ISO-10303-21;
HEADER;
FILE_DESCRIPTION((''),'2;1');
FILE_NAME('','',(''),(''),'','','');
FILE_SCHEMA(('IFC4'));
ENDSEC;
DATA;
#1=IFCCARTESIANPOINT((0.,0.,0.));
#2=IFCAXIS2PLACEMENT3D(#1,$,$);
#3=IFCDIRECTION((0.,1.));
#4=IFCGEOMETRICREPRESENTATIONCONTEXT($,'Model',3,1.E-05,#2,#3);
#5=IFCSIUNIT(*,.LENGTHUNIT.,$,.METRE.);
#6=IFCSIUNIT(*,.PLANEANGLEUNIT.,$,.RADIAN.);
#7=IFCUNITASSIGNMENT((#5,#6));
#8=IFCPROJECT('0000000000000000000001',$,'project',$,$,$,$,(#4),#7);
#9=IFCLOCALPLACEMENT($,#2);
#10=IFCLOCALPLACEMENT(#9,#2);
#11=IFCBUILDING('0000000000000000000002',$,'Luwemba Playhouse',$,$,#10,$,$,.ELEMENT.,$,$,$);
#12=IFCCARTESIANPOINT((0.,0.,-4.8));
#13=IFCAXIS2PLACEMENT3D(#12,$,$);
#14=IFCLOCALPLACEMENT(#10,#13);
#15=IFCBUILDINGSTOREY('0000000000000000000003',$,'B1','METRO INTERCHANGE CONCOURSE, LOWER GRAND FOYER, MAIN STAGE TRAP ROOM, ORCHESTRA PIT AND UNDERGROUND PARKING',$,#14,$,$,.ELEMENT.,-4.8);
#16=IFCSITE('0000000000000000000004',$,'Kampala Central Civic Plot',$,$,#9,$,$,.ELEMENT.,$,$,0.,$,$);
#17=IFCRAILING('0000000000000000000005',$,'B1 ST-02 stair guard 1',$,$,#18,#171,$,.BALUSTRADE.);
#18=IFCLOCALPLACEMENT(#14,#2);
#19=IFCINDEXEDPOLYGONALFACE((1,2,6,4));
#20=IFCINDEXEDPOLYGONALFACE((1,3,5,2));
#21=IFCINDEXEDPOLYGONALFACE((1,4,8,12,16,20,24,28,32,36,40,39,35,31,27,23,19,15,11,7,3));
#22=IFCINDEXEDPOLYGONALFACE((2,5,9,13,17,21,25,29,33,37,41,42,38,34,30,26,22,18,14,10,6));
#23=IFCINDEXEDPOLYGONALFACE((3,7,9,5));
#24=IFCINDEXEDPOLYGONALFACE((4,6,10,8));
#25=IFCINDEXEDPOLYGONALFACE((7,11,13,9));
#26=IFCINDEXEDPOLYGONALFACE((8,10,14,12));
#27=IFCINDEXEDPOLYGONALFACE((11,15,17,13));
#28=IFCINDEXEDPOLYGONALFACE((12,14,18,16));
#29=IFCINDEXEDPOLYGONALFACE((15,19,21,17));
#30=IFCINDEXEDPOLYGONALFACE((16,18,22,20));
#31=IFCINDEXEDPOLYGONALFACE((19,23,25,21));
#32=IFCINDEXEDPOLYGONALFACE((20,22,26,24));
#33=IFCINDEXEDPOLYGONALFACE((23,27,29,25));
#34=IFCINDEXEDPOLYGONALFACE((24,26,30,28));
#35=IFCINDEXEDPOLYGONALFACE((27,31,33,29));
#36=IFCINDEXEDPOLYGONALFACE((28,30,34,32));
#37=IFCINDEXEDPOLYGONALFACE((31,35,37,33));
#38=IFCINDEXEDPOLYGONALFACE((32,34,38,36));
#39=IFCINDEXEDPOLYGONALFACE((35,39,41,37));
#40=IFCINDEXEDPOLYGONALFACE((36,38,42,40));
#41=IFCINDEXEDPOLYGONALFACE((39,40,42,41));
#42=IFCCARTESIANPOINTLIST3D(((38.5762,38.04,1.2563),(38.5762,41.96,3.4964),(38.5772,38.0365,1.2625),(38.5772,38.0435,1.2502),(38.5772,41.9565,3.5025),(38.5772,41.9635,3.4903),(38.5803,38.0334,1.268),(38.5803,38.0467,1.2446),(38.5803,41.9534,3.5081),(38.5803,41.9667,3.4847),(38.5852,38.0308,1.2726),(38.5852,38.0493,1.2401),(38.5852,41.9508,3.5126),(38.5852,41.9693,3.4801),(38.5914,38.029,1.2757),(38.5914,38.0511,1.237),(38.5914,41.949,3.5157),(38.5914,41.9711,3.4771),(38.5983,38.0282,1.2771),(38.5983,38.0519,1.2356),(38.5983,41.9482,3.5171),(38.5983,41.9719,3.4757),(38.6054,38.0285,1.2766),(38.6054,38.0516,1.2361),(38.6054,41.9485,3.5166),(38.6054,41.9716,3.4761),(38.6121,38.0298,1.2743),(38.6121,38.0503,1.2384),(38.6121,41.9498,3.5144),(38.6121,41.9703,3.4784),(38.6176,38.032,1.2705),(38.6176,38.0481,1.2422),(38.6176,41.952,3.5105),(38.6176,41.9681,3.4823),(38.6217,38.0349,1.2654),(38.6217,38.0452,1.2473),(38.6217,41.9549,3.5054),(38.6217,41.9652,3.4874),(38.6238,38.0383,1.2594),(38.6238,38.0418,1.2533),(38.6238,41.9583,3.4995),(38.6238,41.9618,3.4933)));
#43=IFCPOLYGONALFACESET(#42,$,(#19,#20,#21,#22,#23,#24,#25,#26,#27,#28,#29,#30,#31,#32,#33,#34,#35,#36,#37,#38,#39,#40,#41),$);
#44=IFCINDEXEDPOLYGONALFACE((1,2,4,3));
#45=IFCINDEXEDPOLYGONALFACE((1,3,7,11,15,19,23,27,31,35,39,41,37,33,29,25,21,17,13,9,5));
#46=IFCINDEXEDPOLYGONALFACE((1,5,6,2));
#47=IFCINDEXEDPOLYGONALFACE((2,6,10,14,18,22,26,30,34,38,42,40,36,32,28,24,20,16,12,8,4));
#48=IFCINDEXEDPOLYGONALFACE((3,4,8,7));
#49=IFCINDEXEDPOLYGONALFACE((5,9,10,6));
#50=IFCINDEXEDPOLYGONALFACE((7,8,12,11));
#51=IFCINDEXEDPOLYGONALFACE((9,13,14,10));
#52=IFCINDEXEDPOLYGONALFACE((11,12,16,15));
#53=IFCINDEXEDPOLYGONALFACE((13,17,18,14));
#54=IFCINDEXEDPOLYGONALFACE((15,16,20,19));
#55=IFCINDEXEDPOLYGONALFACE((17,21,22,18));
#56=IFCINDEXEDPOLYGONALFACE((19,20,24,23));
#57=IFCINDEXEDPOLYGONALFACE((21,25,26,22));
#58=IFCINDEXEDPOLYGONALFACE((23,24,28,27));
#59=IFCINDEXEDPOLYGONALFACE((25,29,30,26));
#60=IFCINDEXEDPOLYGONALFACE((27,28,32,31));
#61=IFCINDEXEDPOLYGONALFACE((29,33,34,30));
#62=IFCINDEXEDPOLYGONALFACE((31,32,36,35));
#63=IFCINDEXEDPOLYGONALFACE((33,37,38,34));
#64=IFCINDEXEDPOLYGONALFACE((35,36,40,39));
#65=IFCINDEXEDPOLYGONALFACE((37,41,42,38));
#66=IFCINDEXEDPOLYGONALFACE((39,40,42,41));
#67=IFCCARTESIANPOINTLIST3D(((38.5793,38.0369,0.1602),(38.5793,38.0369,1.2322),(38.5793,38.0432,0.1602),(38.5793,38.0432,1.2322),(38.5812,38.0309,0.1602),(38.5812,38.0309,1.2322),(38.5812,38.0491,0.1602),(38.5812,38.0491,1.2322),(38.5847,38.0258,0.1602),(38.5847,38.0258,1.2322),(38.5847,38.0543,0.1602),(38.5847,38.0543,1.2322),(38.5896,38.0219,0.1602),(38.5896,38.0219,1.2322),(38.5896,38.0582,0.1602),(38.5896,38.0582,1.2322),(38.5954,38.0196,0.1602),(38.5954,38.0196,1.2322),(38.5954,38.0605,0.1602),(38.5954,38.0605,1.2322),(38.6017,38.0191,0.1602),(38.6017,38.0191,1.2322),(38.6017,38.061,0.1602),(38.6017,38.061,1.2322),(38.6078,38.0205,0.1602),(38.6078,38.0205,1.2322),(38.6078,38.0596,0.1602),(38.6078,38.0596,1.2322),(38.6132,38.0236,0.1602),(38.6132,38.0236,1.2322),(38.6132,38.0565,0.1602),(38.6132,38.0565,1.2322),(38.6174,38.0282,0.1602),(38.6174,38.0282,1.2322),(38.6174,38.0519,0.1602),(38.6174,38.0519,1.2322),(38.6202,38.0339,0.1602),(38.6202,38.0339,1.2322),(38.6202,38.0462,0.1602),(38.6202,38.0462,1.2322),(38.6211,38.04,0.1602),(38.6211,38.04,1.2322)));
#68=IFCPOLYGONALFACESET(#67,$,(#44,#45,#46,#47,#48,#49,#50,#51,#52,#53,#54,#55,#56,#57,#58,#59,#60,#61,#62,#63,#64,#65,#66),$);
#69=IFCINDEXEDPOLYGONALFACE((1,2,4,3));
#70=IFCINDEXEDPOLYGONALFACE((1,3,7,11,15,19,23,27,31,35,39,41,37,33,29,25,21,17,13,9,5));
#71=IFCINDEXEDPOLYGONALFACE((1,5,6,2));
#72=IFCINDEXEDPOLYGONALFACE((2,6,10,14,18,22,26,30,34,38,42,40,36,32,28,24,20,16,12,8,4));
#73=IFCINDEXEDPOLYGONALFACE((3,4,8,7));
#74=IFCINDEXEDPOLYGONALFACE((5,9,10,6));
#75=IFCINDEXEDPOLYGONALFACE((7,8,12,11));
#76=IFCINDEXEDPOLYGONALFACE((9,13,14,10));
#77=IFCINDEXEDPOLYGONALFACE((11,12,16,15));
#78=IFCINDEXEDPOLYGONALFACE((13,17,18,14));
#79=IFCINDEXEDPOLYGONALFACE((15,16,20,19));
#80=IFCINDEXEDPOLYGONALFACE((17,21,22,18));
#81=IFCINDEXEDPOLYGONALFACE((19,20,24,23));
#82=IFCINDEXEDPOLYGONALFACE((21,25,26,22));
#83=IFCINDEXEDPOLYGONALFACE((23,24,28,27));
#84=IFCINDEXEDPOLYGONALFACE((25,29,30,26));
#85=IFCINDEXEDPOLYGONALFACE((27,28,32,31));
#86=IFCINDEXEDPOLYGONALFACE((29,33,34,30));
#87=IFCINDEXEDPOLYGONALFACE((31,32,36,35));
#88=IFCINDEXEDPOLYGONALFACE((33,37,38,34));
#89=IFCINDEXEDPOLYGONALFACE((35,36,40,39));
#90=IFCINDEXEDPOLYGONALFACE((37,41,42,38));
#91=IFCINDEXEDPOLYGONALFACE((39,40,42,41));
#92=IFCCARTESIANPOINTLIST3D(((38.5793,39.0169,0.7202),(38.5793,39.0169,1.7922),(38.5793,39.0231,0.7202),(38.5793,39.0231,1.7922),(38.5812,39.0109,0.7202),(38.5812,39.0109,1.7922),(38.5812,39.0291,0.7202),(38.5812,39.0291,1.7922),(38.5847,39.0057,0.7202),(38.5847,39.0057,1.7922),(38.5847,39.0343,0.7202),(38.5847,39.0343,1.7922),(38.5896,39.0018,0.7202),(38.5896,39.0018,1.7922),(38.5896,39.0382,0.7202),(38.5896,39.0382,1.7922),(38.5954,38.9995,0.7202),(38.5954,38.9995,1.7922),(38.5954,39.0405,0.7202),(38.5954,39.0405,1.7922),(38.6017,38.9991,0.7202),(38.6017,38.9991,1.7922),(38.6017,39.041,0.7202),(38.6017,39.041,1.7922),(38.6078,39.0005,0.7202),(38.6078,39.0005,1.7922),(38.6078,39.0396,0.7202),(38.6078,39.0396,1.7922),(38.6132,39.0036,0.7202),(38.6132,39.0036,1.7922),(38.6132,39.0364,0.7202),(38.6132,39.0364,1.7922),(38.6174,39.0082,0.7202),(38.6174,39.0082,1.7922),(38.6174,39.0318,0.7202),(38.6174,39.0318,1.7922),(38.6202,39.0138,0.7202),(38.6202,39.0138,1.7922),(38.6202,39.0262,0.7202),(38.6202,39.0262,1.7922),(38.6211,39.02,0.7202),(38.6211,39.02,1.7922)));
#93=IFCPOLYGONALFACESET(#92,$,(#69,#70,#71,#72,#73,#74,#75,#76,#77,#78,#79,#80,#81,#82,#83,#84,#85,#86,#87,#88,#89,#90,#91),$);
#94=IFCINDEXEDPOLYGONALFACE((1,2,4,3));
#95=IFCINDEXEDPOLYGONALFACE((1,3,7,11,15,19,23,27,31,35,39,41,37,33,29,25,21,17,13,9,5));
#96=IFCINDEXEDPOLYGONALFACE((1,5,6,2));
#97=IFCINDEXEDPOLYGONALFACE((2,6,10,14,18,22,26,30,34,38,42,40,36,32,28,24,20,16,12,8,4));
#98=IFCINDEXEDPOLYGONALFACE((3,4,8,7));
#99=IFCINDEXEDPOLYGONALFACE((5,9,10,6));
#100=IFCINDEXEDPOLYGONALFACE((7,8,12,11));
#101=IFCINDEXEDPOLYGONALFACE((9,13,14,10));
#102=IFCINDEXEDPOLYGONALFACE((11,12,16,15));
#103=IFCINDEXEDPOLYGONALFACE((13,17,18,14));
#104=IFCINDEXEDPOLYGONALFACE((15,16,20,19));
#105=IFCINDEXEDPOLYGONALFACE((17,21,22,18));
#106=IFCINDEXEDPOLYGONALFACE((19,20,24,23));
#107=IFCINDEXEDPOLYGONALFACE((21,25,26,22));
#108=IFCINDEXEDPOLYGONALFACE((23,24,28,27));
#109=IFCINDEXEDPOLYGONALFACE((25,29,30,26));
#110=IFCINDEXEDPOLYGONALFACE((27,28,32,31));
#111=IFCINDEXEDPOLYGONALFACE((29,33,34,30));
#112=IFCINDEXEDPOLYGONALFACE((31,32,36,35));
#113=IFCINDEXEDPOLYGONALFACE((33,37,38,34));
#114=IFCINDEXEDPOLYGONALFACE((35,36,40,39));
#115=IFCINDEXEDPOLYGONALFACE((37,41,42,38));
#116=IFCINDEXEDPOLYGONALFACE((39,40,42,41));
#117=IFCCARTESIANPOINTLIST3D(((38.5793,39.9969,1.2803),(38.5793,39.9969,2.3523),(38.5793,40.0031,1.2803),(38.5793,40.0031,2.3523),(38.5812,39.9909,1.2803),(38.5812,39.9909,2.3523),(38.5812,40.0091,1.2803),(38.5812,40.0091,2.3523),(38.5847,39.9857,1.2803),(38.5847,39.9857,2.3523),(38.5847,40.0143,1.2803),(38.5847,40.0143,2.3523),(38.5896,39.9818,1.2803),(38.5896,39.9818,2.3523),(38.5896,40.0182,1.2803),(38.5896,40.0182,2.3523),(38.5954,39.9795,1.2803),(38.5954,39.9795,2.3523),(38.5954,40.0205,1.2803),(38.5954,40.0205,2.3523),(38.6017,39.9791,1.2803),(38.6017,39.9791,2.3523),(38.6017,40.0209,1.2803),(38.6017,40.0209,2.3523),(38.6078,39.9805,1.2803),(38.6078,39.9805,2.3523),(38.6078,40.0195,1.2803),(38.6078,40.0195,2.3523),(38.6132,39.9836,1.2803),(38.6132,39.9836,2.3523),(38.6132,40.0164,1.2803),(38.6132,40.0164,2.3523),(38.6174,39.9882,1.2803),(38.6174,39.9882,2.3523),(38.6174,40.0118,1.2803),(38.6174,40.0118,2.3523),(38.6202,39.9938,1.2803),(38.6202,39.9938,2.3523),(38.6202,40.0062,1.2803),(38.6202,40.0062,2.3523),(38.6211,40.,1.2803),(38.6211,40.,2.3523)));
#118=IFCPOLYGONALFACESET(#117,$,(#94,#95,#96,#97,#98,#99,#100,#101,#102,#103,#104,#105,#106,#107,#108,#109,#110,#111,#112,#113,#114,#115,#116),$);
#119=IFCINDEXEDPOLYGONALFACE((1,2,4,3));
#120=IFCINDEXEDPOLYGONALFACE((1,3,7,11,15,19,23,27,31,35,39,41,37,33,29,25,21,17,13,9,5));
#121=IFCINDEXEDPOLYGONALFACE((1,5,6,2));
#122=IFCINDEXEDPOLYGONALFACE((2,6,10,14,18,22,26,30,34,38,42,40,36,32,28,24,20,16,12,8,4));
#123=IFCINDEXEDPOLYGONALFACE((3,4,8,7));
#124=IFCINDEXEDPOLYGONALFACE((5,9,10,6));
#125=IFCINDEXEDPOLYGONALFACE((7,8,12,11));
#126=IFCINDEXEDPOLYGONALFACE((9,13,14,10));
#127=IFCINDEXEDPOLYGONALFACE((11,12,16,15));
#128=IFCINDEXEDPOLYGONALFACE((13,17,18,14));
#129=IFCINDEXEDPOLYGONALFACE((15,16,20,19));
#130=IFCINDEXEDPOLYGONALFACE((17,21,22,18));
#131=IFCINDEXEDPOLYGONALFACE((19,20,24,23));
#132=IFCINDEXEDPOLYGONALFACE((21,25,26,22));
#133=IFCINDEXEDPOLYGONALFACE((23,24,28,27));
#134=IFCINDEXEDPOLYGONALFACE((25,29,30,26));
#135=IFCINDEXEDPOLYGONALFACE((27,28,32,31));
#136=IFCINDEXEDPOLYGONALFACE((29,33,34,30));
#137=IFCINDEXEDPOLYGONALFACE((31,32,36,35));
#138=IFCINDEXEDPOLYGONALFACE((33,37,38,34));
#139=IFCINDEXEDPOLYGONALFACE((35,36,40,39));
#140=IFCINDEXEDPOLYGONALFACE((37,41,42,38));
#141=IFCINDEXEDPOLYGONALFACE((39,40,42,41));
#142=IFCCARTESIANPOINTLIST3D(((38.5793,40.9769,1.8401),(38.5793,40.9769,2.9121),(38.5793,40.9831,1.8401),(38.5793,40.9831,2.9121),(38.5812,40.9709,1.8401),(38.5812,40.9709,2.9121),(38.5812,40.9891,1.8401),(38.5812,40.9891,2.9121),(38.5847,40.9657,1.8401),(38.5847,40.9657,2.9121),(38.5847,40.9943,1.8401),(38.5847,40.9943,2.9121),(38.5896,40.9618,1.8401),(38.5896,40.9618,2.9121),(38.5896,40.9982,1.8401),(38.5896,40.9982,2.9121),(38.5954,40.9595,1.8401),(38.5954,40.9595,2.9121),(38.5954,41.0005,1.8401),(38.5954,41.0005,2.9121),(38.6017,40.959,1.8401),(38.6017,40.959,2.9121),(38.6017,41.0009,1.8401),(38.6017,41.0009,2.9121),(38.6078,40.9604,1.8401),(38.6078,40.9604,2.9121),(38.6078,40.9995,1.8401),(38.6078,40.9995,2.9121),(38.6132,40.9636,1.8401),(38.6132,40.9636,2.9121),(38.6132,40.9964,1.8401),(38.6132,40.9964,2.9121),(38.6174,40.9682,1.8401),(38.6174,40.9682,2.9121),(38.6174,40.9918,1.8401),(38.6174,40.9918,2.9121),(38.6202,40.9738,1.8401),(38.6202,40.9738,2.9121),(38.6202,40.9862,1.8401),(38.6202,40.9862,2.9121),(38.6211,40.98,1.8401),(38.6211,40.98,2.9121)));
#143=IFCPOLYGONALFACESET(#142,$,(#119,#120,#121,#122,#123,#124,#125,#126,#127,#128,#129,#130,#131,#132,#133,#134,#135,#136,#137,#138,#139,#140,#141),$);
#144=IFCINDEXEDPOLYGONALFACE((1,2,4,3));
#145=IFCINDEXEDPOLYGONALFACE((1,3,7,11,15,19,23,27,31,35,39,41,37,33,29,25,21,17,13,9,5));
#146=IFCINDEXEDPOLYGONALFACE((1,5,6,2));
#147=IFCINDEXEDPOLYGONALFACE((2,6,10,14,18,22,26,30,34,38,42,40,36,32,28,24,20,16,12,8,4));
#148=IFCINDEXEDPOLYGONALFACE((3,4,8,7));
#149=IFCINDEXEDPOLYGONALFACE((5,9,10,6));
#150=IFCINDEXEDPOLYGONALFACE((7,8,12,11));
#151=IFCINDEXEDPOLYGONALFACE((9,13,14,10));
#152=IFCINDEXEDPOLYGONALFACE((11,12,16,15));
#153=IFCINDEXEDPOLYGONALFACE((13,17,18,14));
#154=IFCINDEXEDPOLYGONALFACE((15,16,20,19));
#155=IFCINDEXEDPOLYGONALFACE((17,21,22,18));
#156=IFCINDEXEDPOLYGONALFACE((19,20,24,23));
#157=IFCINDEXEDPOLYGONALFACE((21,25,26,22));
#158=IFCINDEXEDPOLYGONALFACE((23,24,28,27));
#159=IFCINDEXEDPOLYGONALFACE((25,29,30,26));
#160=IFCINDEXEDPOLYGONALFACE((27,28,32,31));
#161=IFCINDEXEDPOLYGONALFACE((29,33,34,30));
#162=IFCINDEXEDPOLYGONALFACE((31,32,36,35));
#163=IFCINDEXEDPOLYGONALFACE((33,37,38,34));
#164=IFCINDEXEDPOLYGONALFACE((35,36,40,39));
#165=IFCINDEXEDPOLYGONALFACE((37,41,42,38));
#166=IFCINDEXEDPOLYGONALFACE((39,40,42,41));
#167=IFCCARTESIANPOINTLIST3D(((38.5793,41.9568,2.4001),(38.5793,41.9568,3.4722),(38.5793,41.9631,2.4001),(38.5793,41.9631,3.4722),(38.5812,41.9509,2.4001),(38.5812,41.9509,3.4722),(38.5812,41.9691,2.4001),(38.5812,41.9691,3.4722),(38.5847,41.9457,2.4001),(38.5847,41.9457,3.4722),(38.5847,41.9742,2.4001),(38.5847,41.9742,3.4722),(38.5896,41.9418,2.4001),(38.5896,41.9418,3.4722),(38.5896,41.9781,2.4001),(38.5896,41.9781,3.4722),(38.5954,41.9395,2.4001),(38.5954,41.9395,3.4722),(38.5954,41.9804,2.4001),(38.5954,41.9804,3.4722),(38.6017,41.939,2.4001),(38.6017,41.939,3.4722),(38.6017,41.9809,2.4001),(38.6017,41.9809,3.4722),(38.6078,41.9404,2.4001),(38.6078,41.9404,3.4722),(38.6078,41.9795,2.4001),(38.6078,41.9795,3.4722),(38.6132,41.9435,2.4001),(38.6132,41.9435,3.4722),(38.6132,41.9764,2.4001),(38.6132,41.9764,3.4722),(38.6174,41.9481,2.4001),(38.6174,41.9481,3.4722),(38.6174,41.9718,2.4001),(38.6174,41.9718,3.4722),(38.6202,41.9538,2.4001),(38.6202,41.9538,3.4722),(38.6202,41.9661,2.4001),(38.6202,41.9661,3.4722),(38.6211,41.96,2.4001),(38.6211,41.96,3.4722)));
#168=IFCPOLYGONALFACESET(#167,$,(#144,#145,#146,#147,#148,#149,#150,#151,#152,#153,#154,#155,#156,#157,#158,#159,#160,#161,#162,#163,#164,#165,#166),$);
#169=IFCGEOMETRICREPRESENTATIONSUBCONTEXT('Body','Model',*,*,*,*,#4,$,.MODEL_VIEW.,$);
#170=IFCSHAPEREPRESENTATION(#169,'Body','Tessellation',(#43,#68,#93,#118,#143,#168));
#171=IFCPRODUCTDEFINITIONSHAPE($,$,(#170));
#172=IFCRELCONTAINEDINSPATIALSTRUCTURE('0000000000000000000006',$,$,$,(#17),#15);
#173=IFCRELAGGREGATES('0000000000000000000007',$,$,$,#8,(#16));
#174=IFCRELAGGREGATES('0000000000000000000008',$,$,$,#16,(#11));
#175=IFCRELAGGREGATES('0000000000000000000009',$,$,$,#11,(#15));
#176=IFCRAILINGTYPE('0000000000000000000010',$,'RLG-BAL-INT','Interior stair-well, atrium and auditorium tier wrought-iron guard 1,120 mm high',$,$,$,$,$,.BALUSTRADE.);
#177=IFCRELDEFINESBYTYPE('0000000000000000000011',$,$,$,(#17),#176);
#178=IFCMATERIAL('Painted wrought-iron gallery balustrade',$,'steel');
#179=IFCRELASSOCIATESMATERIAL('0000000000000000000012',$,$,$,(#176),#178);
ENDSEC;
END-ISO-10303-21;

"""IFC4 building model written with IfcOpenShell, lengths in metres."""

from ifc_helpers import new_model, si_unit, direction, frame, origin, origin_2d, place, context, subcontext, project, spatial, circle, extrude, material, type_object, element, save


model = new_model("IFC4")

# Units and contexts
model_context = context("Model", 3, precision=1e-05, world=origin(), true_north=direction((0.0, 1.0)))
body_context = subcontext(model_context, "Body", "Model", "MODEL_VIEW")
ifc_project = project(units=[si_unit("LENGTHUNIT", "METRE"), si_unit("PLANEANGLEUNIT", "RADIAN")], contexts=[model_context])

# Site, building, storey
site_placement = place(None, origin())
site = spatial("IfcSite", under=ifc_project, at=site_placement, Name="Kampala Central Civic Plot", CompositionType="ELEMENT", RefElevation=0.0)
building_placement = place(site_placement, origin())
building = spatial("IfcBuilding", under=site, at=building_placement, Name="Luwemba Playhouse", CompositionType="ELEMENT")
storey_placement = place(building_placement, frame((0.0, 0.0, -4.8)))
storey = spatial("IfcBuildingStorey", under=building, at=storey_placement, Name="B1", Description="METRO INTERCHANGE CONCOURSE, LOWER GRAND FOYER, MAIN STAGE TRAP ROOM, ORCHESTRA PIT AND UNDERGROUND PARKING", CompositionType="ELEMENT", Elevation=-4.8)

# Railing
ifc_material_1 = material(Name="Painted wrought-iron gallery balustrade", Category="steel")
railing_type_1 = type_object("IfcRailingType", Name="RLG-BAL-INT", Description="Interior stair-well, atrium and auditorium tier wrought-iron guard 1,120 mm high", PredefinedType="BALUSTRADE", material=ifc_material_1)
railing_1_placement = place(storey_placement, frame((38.6001, 38.04, 0.1602)))
element("IfcRailing", 1, at=railing_1_placement, inside=storey, type_object=railing_type_1, Name="B1 ST-02 stair guard 1", PredefinedType="BALUSTRADE", context=body_context, shape_type="SweptSolid", body=[
    extrude(circle(Radius=0.0239, at=origin_2d()), frame((0.0, 0.0, 1.0962), z_axis=(0.0, 0.86824, 0.496145), x_axis=(-1.0, 0.0, 0.0)), (0.0, 0.0, 1.0), 4.5149),
    extrude(circle(Radius=0.021, at=origin_2d()), origin(), (0.0, 0.0, 1.0), 1.072),
    extrude(circle(Radius=0.021, at=origin_2d()), frame((0.0, 0.98, 0.5601)), (0.0, 0.0, 1.0), 1.072),
    extrude(circle(Radius=0.021, at=origin_2d()), frame((0.0, 1.96, 1.1201)), (0.0, 0.0, 1.0), 1.072),
    extrude(circle(Radius=0.021, at=origin_2d()), frame((0.0, 2.9399, 1.6799)), (0.0, 0.0, 1.0), 1.072),
    extrude(circle(Radius=0.021, at=origin_2d()), frame((0.0, 3.9199, 2.24)), (0.0, 0.0, 1.0), 1.072),
])

save(model, "model.ifc")
